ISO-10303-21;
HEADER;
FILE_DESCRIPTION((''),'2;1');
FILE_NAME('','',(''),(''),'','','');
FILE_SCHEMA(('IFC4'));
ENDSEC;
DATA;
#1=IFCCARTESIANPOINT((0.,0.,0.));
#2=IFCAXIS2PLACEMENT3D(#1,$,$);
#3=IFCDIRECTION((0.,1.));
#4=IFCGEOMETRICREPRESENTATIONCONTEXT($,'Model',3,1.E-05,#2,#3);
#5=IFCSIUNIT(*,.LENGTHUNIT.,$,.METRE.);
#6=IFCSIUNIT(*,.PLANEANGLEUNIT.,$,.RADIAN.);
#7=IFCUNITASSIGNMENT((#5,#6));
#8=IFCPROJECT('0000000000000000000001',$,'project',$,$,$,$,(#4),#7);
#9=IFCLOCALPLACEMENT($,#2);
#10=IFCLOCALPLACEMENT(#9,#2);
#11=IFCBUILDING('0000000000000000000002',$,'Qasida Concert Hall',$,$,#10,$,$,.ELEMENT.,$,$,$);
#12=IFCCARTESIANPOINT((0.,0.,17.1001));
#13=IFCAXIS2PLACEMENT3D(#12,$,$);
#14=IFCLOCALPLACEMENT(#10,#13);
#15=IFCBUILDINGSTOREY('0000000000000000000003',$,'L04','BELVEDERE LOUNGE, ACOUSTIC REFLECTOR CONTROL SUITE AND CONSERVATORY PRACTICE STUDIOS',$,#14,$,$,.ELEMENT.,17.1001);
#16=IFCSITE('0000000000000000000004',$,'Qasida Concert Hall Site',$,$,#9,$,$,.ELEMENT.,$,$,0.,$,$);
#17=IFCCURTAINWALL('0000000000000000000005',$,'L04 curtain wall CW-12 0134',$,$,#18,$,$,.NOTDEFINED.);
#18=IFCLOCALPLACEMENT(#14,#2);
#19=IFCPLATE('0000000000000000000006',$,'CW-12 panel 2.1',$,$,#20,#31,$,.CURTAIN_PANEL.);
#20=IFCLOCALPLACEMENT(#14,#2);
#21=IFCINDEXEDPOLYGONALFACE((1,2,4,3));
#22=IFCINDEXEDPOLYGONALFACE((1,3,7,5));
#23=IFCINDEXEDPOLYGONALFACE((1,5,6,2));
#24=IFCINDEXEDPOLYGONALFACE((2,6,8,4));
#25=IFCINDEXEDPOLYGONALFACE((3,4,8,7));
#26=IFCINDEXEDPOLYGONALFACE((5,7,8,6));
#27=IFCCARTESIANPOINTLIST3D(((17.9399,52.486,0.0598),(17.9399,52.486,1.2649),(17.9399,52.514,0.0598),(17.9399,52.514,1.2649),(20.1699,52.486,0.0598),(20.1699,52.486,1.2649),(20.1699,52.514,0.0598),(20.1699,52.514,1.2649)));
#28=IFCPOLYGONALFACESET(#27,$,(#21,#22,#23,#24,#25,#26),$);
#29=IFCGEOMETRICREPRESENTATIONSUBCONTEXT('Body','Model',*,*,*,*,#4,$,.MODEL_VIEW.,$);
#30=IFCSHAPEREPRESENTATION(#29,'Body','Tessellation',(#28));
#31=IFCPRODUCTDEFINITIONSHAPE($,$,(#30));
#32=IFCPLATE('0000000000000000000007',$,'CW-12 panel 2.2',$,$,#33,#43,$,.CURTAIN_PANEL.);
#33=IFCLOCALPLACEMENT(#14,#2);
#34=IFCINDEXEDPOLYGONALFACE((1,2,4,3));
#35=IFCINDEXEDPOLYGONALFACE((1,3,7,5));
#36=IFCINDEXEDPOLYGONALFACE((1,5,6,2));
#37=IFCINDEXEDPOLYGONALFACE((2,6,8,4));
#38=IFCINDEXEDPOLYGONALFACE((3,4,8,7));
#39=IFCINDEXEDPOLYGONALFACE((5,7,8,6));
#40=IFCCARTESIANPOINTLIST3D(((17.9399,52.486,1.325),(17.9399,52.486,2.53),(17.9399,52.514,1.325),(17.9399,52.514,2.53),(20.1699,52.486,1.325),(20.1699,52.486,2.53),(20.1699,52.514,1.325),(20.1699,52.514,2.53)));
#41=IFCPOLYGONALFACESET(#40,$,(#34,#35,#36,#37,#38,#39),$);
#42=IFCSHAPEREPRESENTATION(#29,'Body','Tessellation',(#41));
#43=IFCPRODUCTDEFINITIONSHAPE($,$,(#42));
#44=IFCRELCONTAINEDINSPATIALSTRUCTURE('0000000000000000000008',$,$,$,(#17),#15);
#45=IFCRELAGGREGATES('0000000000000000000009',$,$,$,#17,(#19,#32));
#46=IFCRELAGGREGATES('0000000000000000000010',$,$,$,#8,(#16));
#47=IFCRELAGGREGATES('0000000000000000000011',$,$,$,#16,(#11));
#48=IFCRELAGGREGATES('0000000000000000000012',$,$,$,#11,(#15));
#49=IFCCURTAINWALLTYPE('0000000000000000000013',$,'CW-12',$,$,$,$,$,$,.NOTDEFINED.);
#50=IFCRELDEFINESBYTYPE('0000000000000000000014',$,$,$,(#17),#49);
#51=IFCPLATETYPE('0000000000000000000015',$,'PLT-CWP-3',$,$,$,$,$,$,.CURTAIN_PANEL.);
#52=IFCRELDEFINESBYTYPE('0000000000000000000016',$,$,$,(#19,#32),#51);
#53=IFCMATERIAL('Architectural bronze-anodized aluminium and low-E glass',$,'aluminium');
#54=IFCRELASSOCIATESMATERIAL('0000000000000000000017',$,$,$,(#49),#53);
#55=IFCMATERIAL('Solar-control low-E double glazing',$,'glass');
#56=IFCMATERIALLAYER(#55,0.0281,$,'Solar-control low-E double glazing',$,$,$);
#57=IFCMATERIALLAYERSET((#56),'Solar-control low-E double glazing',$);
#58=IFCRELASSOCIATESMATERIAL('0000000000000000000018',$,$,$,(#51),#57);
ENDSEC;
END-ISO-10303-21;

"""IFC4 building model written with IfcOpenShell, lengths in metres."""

from ifc_helpers import new_model, si_unit, direction, frame, origin, origin_2d, place, context, subcontext, project, spatial, rectangle, extrude, material, layer, layer_set, type_object, element, aggregate, save


model = new_model("IFC4")

# Units and contexts
model_context = context("Model", 3, precision=1e-05, world=origin(), true_north=direction((0.0, 1.0)))
body_context = subcontext(model_context, "Body", "Model", "MODEL_VIEW")
ifc_project = project(units=[si_unit("LENGTHUNIT", "METRE"), si_unit("PLANEANGLEUNIT", "RADIAN")], contexts=[model_context])

# Site, building, storey
site_placement = place(None, origin())
site = spatial("IfcSite", under=ifc_project, at=site_placement, Name="Qasida Concert Hall Site", CompositionType="ELEMENT", RefElevation=0.0)
building_placement = place(site_placement, origin())
building = spatial("IfcBuilding", under=site, at=building_placement, Name="Qasida Concert Hall", CompositionType="ELEMENT")
storey_placement = place(building_placement, frame((0.0, 0.0, 17.1001)))
storey = spatial("IfcBuildingStorey", under=building, at=storey_placement, Name="L04", Description="BELVEDERE LOUNGE, ACOUSTIC REFLECTOR CONTROL SUITE AND CONSERVATORY PRACTICE STUDIOS", CompositionType="ELEMENT", Elevation=17.1001)

# Shared definitions
ifc_material_1 = material(Name="Architectural bronze-anodized aluminium and low-E glass", Category="aluminium")
curtain_wall_type = type_object("IfcCurtainWallType", Name="CW-12", PredefinedType="NOTDEFINED", material=ifc_material_1)

# Curtain wall
curtain_wall_1_placement = place(storey_placement, origin())
curtain_wall_1 = element("IfcCurtainWall", 1, at=curtain_wall_1_placement, inside=storey, type_object=curtain_wall_type, Name="L04 curtain wall CW-12 0134", PredefinedType="NOTDEFINED")

# Plates
ifc_material_2 = material(Name="Solar-control low-E double glazing", Category="glass")
ifc_layer = layer(ifc_material_2, 0.0281, Name="Solar-control low-E double glazing")
ifc_layer_set = layer_set([ifc_layer], Name="Solar-control low-E double glazing")
plate_type = type_object("IfcPlateType", Name="PLT-CWP-3", PredefinedType="CURTAIN_PANEL", material=ifc_layer_set)
plate_1_placement = place(storey_placement, frame((19.0549, 52.5, 0.0598), z_axis=(0.0, 0.0, 1.0), x_axis=(1.0, 0.0, 0.0)))
plate_1 = element("IfcPlate", 2, at=plate_1_placement, type_object=plate_type, Name="CW-12 panel 2.1", PredefinedType="CURTAIN_PANEL", context=body_context, shape_type="SweptSolid", body=[
    extrude(rectangle(XDim=2.23, YDim=0.0281, at=origin_2d()), origin(), (0.0, 0.0, 1.0), 1.2051),
])
plate_2_placement = place(storey_placement, frame((19.0549, 52.5, 1.325), z_axis=(0.0, 0.0, 1.0), x_axis=(1.0, 0.0, 0.0)))
plate_2 = element("IfcPlate", 3, at=plate_2_placement, type_object=plate_type, Name="CW-12 panel 2.2", PredefinedType="CURTAIN_PANEL", context=body_context, shape_type="SweptSolid", body=[
    extrude(rectangle(XDim=2.23, YDim=0.0281, at=origin_2d()), origin(), (0.0, 0.0, 1.0), 1.2051),
])
aggregate(curtain_wall_1, [plate_1, plate_2])

save(model, "model.ifc")
